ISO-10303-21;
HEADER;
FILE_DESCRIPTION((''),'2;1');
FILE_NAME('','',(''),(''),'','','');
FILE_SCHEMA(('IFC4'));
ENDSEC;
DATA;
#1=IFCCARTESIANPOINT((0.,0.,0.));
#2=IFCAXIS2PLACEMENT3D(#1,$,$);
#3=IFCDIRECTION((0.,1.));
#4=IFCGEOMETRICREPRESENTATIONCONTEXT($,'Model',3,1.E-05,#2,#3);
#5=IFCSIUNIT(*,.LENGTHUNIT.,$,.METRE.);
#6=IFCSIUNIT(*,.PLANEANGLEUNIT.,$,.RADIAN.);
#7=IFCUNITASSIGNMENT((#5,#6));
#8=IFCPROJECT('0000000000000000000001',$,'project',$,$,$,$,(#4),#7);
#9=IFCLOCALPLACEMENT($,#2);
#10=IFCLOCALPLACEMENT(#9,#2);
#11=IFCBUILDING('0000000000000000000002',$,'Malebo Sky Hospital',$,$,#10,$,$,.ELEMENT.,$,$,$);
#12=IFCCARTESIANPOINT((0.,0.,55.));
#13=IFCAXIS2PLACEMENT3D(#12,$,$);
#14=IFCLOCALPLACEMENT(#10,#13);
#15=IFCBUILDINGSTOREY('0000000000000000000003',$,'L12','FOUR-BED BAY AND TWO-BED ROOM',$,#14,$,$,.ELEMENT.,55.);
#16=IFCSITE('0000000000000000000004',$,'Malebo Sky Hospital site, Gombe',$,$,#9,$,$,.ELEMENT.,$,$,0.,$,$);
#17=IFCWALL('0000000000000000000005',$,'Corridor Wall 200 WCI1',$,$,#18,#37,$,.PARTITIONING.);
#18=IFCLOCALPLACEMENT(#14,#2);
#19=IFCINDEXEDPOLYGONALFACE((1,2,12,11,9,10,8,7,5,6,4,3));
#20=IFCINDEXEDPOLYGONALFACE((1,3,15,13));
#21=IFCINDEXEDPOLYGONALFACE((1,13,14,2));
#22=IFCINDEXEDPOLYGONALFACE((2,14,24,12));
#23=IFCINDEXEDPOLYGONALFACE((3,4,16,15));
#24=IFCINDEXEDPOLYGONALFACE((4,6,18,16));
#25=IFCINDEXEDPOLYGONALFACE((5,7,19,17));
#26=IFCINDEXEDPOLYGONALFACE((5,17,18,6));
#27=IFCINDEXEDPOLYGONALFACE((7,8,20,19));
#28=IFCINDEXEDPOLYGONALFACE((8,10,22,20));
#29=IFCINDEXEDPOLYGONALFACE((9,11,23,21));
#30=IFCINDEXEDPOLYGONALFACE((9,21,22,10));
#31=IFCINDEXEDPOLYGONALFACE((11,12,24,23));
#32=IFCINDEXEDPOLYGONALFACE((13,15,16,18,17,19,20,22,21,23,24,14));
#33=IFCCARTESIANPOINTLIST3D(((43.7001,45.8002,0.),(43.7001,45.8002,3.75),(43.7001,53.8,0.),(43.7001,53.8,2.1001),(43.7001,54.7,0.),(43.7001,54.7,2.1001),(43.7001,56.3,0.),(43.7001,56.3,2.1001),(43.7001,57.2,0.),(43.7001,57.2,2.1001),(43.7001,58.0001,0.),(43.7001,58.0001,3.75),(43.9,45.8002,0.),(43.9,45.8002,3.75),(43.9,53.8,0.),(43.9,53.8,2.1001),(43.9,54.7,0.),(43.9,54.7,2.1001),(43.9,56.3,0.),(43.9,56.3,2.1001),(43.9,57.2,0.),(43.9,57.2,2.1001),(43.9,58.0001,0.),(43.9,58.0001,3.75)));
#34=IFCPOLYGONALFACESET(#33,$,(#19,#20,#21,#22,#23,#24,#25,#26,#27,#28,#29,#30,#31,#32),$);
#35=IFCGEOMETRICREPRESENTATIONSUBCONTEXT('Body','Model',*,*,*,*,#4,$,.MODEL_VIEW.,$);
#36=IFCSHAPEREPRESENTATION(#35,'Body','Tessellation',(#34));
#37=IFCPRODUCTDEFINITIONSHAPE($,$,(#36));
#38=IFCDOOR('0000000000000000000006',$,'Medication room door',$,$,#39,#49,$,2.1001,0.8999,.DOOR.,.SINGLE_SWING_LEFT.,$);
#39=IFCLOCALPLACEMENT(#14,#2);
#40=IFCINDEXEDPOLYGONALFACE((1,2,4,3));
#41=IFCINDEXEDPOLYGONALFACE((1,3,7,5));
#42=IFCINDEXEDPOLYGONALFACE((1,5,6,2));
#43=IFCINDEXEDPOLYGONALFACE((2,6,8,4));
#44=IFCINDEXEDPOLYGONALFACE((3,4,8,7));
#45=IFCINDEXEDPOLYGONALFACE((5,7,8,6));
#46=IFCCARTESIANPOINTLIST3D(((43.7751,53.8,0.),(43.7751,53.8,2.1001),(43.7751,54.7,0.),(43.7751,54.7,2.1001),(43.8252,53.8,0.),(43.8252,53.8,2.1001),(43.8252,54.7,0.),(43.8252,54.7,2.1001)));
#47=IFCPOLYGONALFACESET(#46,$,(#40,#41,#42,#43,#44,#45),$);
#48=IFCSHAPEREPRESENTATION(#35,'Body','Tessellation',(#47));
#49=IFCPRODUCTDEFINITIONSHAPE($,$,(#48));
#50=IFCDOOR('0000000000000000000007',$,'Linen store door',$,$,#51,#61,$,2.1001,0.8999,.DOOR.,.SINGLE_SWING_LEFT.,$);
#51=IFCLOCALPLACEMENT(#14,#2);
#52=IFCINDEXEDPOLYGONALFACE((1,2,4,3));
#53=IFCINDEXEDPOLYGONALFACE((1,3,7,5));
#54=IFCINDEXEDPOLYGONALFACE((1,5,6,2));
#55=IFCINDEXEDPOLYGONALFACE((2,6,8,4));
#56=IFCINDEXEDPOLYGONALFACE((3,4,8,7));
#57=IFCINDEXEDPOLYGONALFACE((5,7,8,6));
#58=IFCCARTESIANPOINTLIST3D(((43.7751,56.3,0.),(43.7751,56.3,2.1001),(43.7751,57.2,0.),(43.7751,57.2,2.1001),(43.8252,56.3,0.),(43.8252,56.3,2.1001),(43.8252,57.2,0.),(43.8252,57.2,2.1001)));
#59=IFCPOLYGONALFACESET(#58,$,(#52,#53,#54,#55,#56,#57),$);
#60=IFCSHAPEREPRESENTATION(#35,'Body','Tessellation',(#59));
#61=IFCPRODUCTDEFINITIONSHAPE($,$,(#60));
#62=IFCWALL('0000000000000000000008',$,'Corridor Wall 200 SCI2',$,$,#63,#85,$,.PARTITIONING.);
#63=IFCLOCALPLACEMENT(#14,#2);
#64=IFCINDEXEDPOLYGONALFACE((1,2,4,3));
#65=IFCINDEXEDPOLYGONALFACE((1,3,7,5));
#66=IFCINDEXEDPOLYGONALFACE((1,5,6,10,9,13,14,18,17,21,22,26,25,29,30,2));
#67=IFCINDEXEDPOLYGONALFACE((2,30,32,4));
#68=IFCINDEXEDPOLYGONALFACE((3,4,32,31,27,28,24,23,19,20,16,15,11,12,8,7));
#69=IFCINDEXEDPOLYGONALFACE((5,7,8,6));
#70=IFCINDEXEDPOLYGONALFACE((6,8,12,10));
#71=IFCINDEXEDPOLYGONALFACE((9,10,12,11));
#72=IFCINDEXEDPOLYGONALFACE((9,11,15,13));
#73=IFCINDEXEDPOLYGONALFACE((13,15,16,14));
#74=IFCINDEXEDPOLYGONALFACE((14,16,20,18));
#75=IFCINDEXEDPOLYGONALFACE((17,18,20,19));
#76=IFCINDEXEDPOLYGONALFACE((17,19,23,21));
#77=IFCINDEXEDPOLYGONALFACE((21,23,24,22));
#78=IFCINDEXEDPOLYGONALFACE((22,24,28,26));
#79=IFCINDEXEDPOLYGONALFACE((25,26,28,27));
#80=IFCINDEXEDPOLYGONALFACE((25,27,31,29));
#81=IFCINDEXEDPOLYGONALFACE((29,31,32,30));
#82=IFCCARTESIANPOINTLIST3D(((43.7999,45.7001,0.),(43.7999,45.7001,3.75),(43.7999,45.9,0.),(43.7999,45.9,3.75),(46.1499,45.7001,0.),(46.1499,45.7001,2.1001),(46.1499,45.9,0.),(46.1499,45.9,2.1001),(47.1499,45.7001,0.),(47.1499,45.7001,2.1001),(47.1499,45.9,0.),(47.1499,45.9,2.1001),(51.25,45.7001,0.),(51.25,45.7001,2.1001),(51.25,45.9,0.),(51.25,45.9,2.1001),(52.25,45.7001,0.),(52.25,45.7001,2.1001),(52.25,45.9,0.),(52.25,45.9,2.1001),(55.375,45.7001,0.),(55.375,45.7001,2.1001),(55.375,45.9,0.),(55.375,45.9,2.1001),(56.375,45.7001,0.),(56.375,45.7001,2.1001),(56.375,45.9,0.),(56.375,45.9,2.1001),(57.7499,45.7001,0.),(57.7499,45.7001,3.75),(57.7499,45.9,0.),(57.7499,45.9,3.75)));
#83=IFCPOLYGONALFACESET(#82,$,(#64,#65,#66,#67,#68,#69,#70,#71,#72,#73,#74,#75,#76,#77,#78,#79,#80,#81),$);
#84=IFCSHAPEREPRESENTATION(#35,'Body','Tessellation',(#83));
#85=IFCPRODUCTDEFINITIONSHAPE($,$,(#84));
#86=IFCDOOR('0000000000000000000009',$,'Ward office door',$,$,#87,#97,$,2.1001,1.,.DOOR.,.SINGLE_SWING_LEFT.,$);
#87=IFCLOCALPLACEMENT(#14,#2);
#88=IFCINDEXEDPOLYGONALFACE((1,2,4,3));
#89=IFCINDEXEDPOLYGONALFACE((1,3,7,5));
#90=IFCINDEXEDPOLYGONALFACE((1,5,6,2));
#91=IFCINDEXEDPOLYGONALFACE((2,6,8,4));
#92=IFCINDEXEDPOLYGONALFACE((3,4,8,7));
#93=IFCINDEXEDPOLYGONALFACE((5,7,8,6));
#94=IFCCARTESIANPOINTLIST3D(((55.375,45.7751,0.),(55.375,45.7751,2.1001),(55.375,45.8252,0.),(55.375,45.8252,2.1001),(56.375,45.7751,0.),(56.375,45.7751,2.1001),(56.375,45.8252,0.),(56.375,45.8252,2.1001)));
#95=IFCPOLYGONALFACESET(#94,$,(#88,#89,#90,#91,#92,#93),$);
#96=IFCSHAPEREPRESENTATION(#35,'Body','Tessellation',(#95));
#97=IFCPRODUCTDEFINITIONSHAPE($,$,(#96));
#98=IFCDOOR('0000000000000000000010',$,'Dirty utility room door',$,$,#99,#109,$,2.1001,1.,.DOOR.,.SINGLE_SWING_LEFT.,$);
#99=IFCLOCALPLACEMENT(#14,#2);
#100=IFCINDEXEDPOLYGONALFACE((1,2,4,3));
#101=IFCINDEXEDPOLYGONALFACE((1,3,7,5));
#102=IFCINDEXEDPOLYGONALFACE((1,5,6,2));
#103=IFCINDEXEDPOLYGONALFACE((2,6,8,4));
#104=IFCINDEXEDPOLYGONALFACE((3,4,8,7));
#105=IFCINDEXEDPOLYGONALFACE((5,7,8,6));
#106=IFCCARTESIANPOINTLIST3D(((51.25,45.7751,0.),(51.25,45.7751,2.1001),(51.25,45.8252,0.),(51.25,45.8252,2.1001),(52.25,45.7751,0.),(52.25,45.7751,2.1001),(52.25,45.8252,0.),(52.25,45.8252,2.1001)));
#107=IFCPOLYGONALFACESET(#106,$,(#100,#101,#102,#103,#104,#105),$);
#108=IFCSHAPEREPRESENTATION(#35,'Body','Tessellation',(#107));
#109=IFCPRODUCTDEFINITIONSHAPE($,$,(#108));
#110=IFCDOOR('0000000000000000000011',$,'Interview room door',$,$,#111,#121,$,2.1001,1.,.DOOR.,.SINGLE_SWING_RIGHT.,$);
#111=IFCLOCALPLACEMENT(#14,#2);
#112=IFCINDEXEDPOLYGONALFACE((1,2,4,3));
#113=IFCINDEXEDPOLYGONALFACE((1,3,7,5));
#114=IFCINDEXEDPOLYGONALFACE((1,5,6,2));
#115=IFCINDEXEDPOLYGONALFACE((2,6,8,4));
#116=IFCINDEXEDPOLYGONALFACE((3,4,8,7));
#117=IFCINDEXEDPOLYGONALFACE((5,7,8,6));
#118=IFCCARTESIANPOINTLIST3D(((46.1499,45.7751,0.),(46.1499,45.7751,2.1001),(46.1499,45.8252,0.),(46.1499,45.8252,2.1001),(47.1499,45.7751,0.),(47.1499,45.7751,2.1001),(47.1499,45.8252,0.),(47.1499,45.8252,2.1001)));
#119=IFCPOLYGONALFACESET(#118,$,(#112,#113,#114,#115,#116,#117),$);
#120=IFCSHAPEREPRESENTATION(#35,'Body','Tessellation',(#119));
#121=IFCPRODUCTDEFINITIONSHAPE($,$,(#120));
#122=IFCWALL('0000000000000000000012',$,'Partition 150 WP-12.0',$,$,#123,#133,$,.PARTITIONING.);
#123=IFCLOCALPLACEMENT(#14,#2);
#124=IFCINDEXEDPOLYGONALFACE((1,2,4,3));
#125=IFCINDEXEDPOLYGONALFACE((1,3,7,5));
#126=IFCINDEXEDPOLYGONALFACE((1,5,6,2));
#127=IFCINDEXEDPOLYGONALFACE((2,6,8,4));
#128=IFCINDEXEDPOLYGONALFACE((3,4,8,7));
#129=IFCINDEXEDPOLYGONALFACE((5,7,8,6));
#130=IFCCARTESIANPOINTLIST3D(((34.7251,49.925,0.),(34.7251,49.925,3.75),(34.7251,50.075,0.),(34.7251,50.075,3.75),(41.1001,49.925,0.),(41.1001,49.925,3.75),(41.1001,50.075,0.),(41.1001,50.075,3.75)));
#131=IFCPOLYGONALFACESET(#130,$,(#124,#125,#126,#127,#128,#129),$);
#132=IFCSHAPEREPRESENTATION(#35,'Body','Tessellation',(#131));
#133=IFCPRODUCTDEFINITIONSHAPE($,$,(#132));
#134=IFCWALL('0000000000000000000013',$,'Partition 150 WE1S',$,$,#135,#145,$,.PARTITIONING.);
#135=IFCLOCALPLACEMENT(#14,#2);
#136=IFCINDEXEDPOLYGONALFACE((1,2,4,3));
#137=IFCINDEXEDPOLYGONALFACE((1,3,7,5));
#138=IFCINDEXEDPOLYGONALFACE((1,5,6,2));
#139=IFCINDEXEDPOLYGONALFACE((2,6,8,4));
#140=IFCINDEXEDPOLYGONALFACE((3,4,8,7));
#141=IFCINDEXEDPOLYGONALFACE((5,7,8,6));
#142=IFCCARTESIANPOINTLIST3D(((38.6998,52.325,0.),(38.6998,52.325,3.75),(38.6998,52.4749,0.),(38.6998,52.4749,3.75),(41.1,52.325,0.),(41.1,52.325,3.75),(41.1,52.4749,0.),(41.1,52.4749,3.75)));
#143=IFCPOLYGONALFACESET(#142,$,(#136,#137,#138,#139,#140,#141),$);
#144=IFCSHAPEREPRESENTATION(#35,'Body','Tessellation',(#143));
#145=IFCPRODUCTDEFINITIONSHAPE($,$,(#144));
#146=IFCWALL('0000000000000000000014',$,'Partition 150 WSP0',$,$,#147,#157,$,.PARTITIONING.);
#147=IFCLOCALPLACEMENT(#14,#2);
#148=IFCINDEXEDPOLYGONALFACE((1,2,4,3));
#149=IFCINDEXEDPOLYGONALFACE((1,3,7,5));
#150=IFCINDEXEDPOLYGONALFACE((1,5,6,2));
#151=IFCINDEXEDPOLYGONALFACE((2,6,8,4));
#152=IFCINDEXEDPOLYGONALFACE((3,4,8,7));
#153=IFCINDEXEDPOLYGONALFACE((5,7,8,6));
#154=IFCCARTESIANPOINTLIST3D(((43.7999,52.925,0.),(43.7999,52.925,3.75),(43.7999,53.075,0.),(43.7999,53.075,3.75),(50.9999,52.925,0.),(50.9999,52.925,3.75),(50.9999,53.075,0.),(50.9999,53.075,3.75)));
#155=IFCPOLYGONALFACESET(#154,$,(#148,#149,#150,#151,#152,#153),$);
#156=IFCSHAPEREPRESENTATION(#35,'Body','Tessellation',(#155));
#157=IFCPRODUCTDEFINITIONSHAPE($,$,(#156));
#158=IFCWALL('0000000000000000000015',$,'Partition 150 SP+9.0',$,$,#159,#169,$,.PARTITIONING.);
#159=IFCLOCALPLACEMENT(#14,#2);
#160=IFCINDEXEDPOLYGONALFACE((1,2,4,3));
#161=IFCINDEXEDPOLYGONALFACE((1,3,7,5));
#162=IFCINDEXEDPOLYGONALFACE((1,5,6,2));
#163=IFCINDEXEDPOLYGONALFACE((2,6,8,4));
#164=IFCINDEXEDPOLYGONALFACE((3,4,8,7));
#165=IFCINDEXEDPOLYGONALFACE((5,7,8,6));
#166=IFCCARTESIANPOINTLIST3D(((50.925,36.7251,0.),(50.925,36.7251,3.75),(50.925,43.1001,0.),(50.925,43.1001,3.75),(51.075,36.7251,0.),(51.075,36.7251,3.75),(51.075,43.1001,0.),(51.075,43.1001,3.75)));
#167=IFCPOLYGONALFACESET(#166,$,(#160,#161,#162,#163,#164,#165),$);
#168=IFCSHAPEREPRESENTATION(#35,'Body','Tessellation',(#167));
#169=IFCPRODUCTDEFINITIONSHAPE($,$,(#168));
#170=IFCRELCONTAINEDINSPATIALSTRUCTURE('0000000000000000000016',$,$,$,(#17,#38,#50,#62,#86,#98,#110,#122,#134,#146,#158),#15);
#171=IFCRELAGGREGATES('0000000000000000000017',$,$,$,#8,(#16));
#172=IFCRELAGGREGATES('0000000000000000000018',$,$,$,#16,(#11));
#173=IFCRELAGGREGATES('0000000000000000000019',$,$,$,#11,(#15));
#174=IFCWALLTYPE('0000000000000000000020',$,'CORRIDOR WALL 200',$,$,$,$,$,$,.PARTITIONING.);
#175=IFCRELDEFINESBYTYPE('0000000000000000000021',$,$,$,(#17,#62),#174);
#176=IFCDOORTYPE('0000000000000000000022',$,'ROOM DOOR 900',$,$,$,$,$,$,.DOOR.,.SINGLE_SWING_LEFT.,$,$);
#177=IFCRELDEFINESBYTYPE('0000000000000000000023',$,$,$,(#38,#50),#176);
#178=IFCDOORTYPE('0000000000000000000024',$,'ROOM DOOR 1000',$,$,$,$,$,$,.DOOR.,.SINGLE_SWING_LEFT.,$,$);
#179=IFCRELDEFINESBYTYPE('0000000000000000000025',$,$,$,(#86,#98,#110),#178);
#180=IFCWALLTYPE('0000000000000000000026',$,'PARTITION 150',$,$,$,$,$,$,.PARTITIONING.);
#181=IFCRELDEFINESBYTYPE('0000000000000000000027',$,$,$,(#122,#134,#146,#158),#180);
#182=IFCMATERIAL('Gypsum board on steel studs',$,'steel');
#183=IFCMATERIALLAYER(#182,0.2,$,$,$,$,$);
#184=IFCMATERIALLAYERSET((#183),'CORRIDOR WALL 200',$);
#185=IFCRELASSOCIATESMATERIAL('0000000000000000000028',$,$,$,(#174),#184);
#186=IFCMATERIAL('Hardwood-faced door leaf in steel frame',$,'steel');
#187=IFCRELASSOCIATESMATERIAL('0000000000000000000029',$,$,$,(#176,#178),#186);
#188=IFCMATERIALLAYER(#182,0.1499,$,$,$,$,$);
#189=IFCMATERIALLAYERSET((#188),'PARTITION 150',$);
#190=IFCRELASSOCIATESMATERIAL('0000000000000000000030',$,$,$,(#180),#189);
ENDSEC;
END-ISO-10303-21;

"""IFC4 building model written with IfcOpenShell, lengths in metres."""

from ifc_helpers import new_model, si_unit, direction, frame, frame_2d, origin, place, context, subcontext, project, spatial, rectangle, extrude, material, layer, layer_set, type_object, element, fill, save


model = new_model("IFC4")

# Units and contexts
model_context = context("Model", 3, precision=1e-05, world=origin(), true_north=direction((0.0, 1.0)))
body_context = subcontext(model_context, "Body", "Model", "MODEL_VIEW")
ifc_project = project(units=[si_unit("LENGTHUNIT", "METRE"), si_unit("PLANEANGLEUNIT", "RADIAN")], contexts=[model_context])

# Site, building, storey
site_placement = place(None, origin())
site = spatial("IfcSite", under=ifc_project, at=site_placement, Name="Malebo Sky Hospital site, Gombe", CompositionType="ELEMENT", RefElevation=0.0)
building_placement = place(site_placement, origin())
building = spatial("IfcBuilding", under=site, at=building_placement, Name="Malebo Sky Hospital", CompositionType="ELEMENT")
storey_placement = place(building_placement, frame((0.0, 0.0, 55.0)))
storey = spatial("IfcBuildingStorey", under=building, at=storey_placement, Name="L12", Description="FOUR-BED BAY AND TWO-BED ROOM", CompositionType="ELEMENT", Elevation=55.0)

# Walls, openings, doors
ifc_material_1 = material(Name="Gypsum board on steel studs", Category="steel")
ifc_layer_1 = layer(ifc_material_1, 0.2)
ifc_layer_set_1 = layer_set([ifc_layer_1], Name="CORRIDOR WALL 200")
wall_type_1 = type_object("IfcWallType", Name="CORRIDOR WALL 200", PredefinedType="PARTITIONING", material=ifc_layer_set_1)
wall_1_placement = place(storey_placement, frame((43.8, 45.8, 0.0), z_axis=(0.0, 0.0, 1.0), x_axis=(0.0, 1.0, 0.0)))
wall_1 = element("IfcWall", 1, at=wall_1_placement, inside=storey, type_object=wall_type_1, Name="Corridor Wall 200 WCI1", PredefinedType="PARTITIONING", context=body_context, shape_type="SweptSolid", body=[
    extrude(rectangle(XDim=12.2, YDim=0.2, at=frame_2d((6.1001, 0.0))), origin(), (0.0, 0.0, 1.0), 3.75),
])
opening_1_placement = place(wall_1_placement, frame((8.0, 0.0, 0.0)))
opening_1 = element("IfcOpeningElement", 2, at=opening_1_placement, cuts=wall_1, PredefinedType="OPENING", context=body_context, shape_type="SweptSolid", body=[
    extrude(rectangle(XDim=0.8999, YDim=2.1001, at=frame_2d((0.45, 1.05))), frame((0.0, 0.1099, 0.0), z_axis=(0.0, -1.0, 0.0), x_axis=(1.0, 0.0, 0.0)), (0.0, 0.0, 1.0), 0.22),
])
opening_2_placement = place(wall_1_placement, frame((10.5, 0.0, 0.0)))
opening_2 = element("IfcOpeningElement", 3, at=opening_2_placement, cuts=wall_1, PredefinedType="OPENING", context=body_context, shape_type="SweptSolid", body=[
    extrude(rectangle(XDim=0.8999, YDim=2.1001, at=frame_2d((0.45, 1.05))), frame((0.0, 0.1099, 0.0), z_axis=(0.0, -1.0, 0.0), x_axis=(1.0, 0.0, 0.0)), (0.0, 0.0, 1.0), 0.22),
])
ifc_material_2 = material(Name="Hardwood-faced door leaf in steel frame", Category="steel")
door_type_1 = type_object("IfcDoorType", Name="ROOM DOOR 900", OperationType="SINGLE_SWING_LEFT", PredefinedType="DOOR", material=ifc_material_2)
door_1_placement = place(opening_1_placement, origin())
door_1 = element("IfcDoor", 4, at=door_1_placement, inside=storey, type_object=door_type_1, Name="Medication room door", OperationType="SINGLE_SWING_LEFT", OverallHeight=2.1001, OverallWidth=0.8999, PredefinedType="DOOR", context=body_context, shape_type="SweptSolid", body=[
    extrude(rectangle(XDim=0.8999, YDim=2.1001, at=frame_2d((0.45, 1.05))), frame((0.0, 0.0249, 0.0), z_axis=(0.0, -1.0, 0.0), x_axis=(1.0, 0.0, 0.0)), (0.0, 0.0, 1.0), 0.05),
])
fill(opening_1, door_1)
door_2_placement = place(opening_2_placement, origin())
door_2 = element("IfcDoor", 5, at=door_2_placement, inside=storey, type_object=door_type_1, Name="Linen store door", OperationType="SINGLE_SWING_LEFT", OverallHeight=2.1001, OverallWidth=0.8999, PredefinedType="DOOR", context=body_context, shape_type="SweptSolid", body=[
    extrude(rectangle(XDim=0.8999, YDim=2.1001, at=frame_2d((0.45, 1.05))), frame((0.0, 0.0249, 0.0), z_axis=(0.0, -1.0, 0.0), x_axis=(1.0, 0.0, 0.0)), (0.0, 0.0, 1.0), 0.05),
])
fill(opening_2, door_2)
wall_2_placement = place(storey_placement, frame((57.75, 45.8, 0.0), z_axis=(0.0, 0.0, 1.0), x_axis=(-1.0, 0.0, 0.0)))
wall_2 = element("IfcWall", 6, at=wall_2_placement, inside=storey, type_object=wall_type_1, Name="Corridor Wall 200 SCI2", PredefinedType="PARTITIONING", context=body_context, shape_type="SweptSolid", body=[
    extrude(rectangle(XDim=13.95, YDim=0.2, at=frame_2d((6.9751, 0.0))), origin(), (0.0, 0.0, 1.0), 3.75),
])
opening_3_placement = place(wall_2_placement, frame((1.375, 0.0, 0.0)))
opening_3 = element("IfcOpeningElement", 7, at=opening_3_placement, cuts=wall_2, PredefinedType="OPENING", context=body_context, shape_type="SweptSolid", body=[
    extrude(rectangle(XDim=1.0, YDim=2.1001, at=frame_2d((0.5, 1.05))), frame((0.0, 0.1099, 0.0), z_axis=(0.0, -1.0, 0.0), x_axis=(1.0, 0.0, 0.0)), (0.0, 0.0, 1.0), 0.22),
])
opening_4_placement = place(wall_2_placement, frame((5.5, 0.0, 0.0)))
opening_4 = element("IfcOpeningElement", 8, at=opening_4_placement, cuts=wall_2, PredefinedType="OPENING", context=body_context, shape_type="SweptSolid", body=[
    extrude(rectangle(XDim=1.0, YDim=2.1001, at=frame_2d((0.5, 1.05))), frame((0.0, 0.1099, 0.0), z_axis=(0.0, -1.0, 0.0), x_axis=(1.0, 0.0, 0.0)), (0.0, 0.0, 1.0), 0.22),
])
opening_5_placement = place(wall_2_placement, frame((10.6001, 0.0, 0.0)))
opening_5 = element("IfcOpeningElement", 9, at=opening_5_placement, cuts=wall_2, PredefinedType="OPENING", context=body_context, shape_type="SweptSolid", body=[
    extrude(rectangle(XDim=1.0, YDim=2.1001, at=frame_2d((0.5, 1.05))), frame((0.0, 0.1099, 0.0), z_axis=(0.0, -1.0, 0.0), x_axis=(1.0, 0.0, 0.0)), (0.0, 0.0, 1.0), 0.22),
])
door_type_2 = type_object("IfcDoorType", Name="ROOM DOOR 1000", OperationType="SINGLE_SWING_LEFT", PredefinedType="DOOR", material=ifc_material_2)
door_3_placement = place(opening_3_placement, origin())
door_3 = element("IfcDoor", 10, at=door_3_placement, inside=storey, type_object=door_type_2, Name="Ward office door", OperationType="SINGLE_SWING_LEFT", OverallHeight=2.1001, OverallWidth=1.0, PredefinedType="DOOR", context=body_context, shape_type="SweptSolid", body=[
    extrude(rectangle(XDim=1.0, YDim=2.1001, at=frame_2d((0.5, 1.05))), frame((0.0, 0.0249, 0.0), z_axis=(0.0, -1.0, 0.0), x_axis=(1.0, 0.0, 0.0)), (0.0, 0.0, 1.0), 0.05),
])
fill(opening_3, door_3)
door_4_placement = place(opening_4_placement, origin())
door_4 = element("IfcDoor", 11, at=door_4_placement, inside=storey, type_object=door_type_2, Name="Dirty utility room door", OperationType="SINGLE_SWING_LEFT", OverallHeight=2.1001, OverallWidth=1.0, PredefinedType="DOOR", context=body_context, shape_type="SweptSolid", body=[
    extrude(rectangle(XDim=1.0, YDim=2.1001, at=frame_2d((0.5, 1.05))), frame((0.0, 0.0249, 0.0), z_axis=(0.0, -1.0, 0.0), x_axis=(1.0, 0.0, 0.0)), (0.0, 0.0, 1.0), 0.05),
])
fill(opening_4, door_4)
door_5_placement = place(opening_5_placement, origin())
door_5 = element("IfcDoor", 12, at=door_5_placement, inside=storey, type_object=door_type_2, Name="Interview room door", OperationType="SINGLE_SWING_RIGHT", OverallHeight=2.1001, OverallWidth=1.0, PredefinedType="DOOR", context=body_context, shape_type="SweptSolid", body=[
    extrude(rectangle(XDim=1.0, YDim=2.1001, at=frame_2d((0.5, 1.05))), frame((0.0, 0.0249, 0.0), z_axis=(0.0, -1.0, 0.0), x_axis=(1.0, 0.0, 0.0)), (0.0, 0.0, 1.0), 0.05),
])
fill(opening_5, door_5)

# Walls
ifc_layer_2 = layer(ifc_material_1, 0.1499)
ifc_layer_set_2 = layer_set([ifc_layer_2], Name="PARTITION 150")
wall_type_2 = type_object("IfcWallType", Name="PARTITION 150", PredefinedType="PARTITIONING", material=ifc_layer_set_2)
wall_3_placement = place(storey_placement, frame((41.1001, 50.0, 0.0), z_axis=(0.0, 0.0, 1.0), x_axis=(-1.0, 0.0, 0.0)))
element("IfcWall", 13, at=wall_3_placement, inside=storey, type_object=wall_type_2, Name="Partition 150 WP-12.0", PredefinedType="PARTITIONING", context=body_context, shape_type="SweptSolid", body=[
    extrude(rectangle(XDim=6.375, YDim=0.1499, at=frame_2d((3.1875, 0.0))), origin(), (0.0, 0.0, 1.0), 3.75),
])
wall_4_placement = place(storey_placement, frame((41.1001, 52.3999, 0.0), z_axis=(0.0, 0.0, 1.0), x_axis=(-1.0, 0.0, 0.0)))
element("IfcWall", 14, at=wall_4_placement, inside=storey, type_object=wall_type_2, Name="Partition 150 WE1S", PredefinedType="PARTITIONING", context=body_context, shape_type="SweptSolid", body=[
    extrude(rectangle(XDim=2.4001, YDim=0.1499, at=frame_2d((1.2002, 0.0))), origin(), (0.0, 0.0, 1.0), 3.75),
])
wall_5_placement = place(storey_placement, frame((51.0, 53.0, 0.0), z_axis=(0.0, 0.0, 1.0), x_axis=(-1.0, 0.0, 0.0)))
element("IfcWall", 15, at=wall_5_placement, inside=storey, type_object=wall_type_2, Name="Partition 150 WSP0", PredefinedType="PARTITIONING", context=body_context, shape_type="SweptSolid", body=[
    extrude(rectangle(XDim=7.2, YDim=0.1499, at=frame_2d((3.6001, 0.0))), origin(), (0.0, 0.0, 1.0), 3.75),
])
wall_6_placement = place(storey_placement, frame((51.0, 43.1001, 0.0), z_axis=(0.0, 0.0, 1.0), x_axis=(0.0, -1.0, 0.0)))
element("IfcWall", 16, at=wall_6_placement, inside=storey, type_object=wall_type_2, Name="Partition 150 SP+9.0", PredefinedType="PARTITIONING", context=body_context, shape_type="SweptSolid", body=[
    extrude(rectangle(XDim=6.375, YDim=0.1499, at=frame_2d((3.1875, 0.0))), origin(), (0.0, 0.0, 1.0), 3.75),
])

save(model, "model.ifc")
